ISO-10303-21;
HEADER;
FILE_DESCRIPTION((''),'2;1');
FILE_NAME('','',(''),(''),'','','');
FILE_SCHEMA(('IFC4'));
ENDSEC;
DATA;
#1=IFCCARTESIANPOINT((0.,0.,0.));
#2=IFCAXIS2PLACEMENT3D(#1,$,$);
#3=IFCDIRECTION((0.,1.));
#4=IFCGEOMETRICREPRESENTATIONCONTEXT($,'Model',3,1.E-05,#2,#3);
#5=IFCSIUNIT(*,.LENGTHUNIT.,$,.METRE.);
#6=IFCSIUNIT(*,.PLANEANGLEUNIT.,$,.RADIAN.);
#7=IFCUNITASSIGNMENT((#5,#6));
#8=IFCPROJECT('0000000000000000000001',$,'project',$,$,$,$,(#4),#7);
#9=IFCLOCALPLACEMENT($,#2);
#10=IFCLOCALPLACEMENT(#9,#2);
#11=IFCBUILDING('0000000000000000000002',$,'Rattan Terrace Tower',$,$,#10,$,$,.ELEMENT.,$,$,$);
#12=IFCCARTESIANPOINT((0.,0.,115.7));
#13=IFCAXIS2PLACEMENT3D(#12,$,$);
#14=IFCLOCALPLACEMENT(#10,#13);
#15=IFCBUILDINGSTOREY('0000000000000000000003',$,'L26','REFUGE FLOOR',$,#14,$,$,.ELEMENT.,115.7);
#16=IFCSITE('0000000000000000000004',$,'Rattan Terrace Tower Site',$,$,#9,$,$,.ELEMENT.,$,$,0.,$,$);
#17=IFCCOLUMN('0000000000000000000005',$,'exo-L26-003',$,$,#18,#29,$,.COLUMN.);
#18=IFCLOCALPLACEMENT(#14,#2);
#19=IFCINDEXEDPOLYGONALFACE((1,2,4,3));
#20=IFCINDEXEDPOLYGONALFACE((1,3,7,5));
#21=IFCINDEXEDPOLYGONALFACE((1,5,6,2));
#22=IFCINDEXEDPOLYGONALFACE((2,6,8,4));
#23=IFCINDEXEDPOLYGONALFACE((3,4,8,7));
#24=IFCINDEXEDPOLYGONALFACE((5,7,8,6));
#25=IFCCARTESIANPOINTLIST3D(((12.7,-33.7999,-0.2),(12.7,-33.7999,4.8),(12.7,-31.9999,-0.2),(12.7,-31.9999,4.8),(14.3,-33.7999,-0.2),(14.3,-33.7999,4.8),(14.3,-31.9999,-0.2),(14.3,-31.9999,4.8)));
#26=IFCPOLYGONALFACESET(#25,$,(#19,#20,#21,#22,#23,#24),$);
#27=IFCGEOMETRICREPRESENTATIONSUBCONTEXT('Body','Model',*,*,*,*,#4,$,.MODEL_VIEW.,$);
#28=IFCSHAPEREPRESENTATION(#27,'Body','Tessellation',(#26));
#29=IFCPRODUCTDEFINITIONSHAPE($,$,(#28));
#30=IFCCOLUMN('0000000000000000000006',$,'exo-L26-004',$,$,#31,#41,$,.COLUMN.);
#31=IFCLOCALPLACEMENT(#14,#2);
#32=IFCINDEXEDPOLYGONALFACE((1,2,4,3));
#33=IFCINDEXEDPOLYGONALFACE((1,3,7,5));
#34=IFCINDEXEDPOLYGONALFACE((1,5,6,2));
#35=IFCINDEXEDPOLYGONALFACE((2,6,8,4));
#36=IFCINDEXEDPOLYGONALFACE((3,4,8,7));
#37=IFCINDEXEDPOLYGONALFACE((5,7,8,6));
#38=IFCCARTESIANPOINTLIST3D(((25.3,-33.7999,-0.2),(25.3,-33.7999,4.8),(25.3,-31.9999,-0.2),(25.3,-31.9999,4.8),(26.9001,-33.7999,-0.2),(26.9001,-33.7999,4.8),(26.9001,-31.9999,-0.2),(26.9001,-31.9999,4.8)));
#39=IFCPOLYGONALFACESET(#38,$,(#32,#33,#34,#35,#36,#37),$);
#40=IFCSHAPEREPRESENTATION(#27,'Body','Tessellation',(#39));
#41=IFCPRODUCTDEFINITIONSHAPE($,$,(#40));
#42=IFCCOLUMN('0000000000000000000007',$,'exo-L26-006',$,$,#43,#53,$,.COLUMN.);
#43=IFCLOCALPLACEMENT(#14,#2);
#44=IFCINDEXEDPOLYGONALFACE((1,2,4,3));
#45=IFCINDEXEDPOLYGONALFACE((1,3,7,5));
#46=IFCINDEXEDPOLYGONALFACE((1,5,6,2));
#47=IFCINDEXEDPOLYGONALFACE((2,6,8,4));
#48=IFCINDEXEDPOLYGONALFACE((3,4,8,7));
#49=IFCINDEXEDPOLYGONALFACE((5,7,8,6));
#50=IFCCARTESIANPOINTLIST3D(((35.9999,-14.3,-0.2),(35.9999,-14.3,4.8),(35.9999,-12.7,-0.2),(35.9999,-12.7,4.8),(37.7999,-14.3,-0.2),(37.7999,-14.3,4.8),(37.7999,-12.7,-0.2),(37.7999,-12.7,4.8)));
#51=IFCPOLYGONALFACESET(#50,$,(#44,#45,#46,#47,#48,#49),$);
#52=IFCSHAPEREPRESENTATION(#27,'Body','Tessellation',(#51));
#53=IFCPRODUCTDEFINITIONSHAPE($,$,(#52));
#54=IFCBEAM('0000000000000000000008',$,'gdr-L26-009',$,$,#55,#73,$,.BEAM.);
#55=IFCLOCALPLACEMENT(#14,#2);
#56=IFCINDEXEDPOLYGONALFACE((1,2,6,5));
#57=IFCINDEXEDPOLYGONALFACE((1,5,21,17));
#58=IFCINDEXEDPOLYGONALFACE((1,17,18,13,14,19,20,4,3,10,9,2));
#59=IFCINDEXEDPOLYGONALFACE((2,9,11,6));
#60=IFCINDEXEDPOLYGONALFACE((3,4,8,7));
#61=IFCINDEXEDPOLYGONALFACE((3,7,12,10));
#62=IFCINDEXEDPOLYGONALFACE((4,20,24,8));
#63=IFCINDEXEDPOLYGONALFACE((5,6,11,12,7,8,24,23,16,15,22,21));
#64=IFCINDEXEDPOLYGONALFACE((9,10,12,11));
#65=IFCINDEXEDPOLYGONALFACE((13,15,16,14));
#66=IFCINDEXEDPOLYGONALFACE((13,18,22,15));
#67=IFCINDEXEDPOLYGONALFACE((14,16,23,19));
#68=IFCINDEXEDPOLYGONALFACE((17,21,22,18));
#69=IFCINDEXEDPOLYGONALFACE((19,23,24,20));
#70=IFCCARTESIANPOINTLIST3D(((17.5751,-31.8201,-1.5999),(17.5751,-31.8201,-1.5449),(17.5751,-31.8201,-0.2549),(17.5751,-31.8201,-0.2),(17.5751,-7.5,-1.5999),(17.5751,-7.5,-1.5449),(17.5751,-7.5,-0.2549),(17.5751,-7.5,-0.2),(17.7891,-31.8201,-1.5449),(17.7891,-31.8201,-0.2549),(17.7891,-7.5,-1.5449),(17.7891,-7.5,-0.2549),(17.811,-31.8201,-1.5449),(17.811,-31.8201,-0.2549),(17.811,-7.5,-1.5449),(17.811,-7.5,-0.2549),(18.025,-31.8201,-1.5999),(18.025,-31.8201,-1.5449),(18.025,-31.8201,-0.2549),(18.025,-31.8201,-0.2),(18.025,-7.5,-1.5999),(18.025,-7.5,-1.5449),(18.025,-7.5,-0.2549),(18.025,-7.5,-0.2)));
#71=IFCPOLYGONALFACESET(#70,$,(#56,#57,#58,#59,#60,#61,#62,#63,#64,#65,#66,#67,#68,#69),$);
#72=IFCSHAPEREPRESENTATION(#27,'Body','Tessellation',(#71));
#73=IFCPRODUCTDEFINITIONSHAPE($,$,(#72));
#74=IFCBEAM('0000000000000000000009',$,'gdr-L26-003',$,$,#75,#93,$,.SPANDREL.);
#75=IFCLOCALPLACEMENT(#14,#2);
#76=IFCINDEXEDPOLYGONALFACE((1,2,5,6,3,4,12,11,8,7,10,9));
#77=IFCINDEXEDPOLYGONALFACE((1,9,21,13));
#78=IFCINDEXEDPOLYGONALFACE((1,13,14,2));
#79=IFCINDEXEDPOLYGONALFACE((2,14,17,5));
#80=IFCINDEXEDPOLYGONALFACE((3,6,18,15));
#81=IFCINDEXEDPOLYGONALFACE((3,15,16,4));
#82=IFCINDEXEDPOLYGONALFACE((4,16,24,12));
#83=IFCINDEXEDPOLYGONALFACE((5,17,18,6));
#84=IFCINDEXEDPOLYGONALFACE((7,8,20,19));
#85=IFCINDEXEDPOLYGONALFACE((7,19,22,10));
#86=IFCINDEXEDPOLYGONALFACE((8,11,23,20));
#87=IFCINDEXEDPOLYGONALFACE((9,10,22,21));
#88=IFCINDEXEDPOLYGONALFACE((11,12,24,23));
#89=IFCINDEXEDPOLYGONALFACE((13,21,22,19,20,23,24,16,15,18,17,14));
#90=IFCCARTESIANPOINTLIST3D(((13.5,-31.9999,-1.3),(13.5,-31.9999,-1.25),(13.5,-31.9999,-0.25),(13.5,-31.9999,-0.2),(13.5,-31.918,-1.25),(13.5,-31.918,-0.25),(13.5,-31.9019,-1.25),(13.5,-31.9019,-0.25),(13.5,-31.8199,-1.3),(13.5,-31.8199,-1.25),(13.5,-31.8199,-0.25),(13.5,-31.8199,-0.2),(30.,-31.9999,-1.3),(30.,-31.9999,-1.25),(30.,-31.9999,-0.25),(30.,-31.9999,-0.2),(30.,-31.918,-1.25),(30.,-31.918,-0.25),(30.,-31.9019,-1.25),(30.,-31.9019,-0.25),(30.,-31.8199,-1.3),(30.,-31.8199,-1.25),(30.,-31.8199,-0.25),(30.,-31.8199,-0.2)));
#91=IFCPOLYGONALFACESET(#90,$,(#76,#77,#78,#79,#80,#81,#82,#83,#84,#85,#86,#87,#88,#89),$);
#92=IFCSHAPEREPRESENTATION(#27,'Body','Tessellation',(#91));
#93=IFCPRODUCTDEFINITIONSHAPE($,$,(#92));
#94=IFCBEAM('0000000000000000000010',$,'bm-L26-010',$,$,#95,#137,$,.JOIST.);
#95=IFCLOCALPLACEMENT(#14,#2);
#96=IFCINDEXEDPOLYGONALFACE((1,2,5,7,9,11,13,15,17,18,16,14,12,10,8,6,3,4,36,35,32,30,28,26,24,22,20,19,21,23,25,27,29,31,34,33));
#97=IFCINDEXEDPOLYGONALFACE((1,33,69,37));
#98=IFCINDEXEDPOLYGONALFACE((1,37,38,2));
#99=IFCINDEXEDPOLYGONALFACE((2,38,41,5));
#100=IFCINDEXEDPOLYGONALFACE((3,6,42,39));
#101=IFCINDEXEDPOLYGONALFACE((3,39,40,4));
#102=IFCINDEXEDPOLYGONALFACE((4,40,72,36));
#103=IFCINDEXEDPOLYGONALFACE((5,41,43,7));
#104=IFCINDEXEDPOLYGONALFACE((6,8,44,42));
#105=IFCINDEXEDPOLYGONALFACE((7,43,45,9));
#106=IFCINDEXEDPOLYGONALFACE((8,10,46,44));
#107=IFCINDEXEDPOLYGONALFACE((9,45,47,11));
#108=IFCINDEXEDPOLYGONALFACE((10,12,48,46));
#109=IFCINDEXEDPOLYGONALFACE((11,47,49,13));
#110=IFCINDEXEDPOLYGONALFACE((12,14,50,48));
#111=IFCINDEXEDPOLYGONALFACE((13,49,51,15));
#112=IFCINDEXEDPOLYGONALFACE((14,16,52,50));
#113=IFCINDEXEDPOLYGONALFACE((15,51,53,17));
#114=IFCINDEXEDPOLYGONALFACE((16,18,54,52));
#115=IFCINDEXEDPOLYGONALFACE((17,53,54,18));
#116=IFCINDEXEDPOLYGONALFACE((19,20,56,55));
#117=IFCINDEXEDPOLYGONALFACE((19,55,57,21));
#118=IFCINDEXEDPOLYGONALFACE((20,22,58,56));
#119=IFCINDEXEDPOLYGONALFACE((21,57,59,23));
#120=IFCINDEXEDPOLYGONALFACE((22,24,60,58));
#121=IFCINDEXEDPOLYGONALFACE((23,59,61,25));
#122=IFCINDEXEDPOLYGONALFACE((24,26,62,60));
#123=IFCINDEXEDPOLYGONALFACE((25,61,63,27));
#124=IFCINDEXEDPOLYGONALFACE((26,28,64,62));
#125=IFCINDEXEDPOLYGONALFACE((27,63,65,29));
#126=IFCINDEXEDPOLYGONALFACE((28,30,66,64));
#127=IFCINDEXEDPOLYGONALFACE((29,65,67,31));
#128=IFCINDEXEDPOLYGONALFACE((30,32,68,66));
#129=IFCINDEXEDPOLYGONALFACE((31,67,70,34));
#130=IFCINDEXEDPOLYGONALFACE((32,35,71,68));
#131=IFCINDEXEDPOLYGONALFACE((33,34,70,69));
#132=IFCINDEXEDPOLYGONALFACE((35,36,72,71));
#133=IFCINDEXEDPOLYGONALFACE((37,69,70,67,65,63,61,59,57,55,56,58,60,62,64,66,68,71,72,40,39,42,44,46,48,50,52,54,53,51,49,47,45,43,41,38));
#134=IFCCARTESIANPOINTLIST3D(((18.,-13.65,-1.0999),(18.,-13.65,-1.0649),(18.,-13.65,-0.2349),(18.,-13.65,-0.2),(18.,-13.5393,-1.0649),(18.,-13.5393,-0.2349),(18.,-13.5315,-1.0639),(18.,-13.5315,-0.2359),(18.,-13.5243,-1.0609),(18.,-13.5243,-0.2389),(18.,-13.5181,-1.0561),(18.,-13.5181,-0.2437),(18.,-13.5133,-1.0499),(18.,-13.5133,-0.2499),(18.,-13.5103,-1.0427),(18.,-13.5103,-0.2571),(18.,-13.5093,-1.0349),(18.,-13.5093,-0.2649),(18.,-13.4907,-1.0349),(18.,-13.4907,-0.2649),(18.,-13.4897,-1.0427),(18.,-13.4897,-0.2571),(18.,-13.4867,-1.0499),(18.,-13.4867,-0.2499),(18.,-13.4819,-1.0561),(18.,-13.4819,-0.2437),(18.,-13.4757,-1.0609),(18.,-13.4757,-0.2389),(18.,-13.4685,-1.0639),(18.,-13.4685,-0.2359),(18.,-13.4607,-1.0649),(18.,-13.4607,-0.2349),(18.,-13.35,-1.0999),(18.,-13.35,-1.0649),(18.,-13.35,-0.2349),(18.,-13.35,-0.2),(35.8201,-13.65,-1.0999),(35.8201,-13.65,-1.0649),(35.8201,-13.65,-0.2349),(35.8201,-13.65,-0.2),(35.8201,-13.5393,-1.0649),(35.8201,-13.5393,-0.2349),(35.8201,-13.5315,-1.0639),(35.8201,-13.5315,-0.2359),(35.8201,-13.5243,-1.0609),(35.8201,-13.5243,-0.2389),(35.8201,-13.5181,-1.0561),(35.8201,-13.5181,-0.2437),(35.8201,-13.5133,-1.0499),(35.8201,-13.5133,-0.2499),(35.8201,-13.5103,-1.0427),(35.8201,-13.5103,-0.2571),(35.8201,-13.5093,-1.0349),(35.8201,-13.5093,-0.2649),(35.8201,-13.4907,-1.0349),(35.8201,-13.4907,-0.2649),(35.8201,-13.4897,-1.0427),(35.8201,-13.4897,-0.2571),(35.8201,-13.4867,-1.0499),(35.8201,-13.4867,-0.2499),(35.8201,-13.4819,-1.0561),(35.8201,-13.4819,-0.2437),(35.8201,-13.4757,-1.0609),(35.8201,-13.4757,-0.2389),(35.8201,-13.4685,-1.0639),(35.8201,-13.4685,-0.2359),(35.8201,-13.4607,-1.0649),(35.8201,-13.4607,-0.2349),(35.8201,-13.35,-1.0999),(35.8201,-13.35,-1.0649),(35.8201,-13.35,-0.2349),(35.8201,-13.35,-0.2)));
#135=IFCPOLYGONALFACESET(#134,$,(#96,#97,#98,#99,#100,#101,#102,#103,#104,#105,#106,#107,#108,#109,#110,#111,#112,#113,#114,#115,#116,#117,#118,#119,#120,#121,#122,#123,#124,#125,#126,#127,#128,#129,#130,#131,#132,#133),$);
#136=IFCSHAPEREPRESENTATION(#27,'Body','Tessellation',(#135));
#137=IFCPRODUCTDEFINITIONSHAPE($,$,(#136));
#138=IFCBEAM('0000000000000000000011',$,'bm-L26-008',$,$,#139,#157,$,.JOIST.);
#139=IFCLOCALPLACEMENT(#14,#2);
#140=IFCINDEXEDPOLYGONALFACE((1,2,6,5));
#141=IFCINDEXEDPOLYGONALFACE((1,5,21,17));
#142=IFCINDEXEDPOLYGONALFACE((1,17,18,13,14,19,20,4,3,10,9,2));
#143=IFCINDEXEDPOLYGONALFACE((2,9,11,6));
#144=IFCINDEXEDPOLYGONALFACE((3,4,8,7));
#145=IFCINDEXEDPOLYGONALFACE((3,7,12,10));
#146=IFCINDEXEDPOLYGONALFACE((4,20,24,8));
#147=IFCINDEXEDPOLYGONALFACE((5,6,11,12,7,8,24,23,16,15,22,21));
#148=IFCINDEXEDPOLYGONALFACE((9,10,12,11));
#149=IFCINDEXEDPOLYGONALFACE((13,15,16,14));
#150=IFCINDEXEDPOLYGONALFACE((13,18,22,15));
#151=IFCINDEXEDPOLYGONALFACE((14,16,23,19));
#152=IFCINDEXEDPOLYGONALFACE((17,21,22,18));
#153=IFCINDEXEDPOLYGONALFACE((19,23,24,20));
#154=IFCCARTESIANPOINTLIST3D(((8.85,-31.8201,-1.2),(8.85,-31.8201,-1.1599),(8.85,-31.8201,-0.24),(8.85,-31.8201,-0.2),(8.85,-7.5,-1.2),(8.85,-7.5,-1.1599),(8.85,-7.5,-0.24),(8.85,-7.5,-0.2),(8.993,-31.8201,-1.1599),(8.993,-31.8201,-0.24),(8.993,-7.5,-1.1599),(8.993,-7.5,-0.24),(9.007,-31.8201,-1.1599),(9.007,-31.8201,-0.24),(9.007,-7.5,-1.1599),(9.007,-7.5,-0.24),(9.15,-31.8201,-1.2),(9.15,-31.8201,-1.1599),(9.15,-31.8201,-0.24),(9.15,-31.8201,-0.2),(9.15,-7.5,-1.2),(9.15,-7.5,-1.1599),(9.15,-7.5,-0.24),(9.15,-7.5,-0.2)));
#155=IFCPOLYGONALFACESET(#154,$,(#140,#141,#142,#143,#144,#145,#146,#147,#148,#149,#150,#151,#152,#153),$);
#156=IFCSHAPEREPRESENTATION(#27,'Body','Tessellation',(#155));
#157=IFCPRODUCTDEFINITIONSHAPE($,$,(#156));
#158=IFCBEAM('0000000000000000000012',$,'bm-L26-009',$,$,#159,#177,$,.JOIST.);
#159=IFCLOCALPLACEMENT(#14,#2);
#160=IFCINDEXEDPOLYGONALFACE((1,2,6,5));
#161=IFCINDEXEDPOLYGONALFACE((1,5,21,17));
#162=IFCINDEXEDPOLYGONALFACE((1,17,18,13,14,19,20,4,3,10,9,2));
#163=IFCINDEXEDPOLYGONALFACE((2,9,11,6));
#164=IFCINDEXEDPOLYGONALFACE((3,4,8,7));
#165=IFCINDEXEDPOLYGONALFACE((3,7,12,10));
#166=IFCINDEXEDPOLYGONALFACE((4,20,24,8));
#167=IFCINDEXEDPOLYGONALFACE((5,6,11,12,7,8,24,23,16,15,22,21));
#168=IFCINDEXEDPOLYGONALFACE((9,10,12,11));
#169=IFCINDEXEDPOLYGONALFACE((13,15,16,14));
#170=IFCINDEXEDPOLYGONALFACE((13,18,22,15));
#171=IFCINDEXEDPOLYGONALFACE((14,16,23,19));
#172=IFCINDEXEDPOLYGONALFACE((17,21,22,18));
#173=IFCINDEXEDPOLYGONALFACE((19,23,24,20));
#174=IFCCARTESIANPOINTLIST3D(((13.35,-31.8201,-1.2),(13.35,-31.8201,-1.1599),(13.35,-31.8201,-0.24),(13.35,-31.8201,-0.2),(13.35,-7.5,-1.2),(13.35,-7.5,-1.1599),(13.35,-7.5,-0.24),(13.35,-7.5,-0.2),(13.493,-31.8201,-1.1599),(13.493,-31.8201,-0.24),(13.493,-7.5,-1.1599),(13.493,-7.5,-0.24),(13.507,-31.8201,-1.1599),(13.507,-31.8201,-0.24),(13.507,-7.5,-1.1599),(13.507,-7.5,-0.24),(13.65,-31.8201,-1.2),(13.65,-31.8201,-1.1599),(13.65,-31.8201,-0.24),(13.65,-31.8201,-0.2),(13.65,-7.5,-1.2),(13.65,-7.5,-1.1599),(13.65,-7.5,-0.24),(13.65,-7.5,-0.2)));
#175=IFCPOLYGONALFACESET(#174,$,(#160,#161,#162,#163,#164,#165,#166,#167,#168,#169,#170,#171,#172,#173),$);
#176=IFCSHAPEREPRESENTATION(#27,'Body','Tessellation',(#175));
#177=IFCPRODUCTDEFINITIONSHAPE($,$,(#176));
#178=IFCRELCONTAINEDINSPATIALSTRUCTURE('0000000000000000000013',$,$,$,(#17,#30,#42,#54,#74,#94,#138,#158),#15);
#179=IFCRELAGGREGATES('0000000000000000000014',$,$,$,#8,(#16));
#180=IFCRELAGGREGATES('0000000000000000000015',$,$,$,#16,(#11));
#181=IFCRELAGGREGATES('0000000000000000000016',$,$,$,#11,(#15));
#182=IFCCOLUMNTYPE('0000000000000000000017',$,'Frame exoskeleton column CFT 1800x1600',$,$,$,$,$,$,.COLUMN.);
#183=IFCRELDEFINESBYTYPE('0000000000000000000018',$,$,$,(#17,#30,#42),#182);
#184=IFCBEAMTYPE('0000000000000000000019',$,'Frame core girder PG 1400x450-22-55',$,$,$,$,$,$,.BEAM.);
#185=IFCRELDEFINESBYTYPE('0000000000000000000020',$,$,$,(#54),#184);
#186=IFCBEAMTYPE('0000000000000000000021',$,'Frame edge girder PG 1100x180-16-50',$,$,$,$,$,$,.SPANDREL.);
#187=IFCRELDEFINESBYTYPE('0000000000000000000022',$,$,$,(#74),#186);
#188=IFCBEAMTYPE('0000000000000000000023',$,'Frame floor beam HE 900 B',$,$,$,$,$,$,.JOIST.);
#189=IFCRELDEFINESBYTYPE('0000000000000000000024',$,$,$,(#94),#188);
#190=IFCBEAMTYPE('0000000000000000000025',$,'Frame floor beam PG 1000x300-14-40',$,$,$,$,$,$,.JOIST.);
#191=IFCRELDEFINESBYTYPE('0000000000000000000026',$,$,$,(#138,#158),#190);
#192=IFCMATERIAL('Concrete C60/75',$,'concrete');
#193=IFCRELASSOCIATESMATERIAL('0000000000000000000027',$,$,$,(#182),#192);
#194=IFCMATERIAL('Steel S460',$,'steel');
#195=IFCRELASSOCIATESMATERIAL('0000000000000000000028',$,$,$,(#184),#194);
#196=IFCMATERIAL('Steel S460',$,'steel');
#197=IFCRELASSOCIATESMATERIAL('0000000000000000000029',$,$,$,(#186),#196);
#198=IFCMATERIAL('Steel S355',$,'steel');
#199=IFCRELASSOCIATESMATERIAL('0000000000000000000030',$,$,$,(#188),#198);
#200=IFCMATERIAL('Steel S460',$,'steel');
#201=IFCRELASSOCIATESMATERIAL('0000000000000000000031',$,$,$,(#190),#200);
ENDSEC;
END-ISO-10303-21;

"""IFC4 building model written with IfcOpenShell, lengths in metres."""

from ifc_helpers import new_model, si_unit, direction, frame, origin, origin_2d, place, context, subcontext, project, spatial, rectangle, i_section, extrude, material, material_profile, profile_set, type_object, element, save


model = new_model("IFC4")

# Units and contexts
model_context = context("Model", 3, precision=1e-05, world=origin(), true_north=direction((0.0, 1.0)))
body_context = subcontext(model_context, "Body", "Model", "MODEL_VIEW")
ifc_project = project(units=[si_unit("LENGTHUNIT", "METRE"), si_unit("PLANEANGLEUNIT", "RADIAN")], contexts=[model_context])

# Site, building, storey
site_placement = place(None, origin())
site = spatial("IfcSite", under=ifc_project, at=site_placement, Name="Rattan Terrace Tower Site", CompositionType="ELEMENT", RefElevation=0.0)
building_placement = place(site_placement, origin())
building = spatial("IfcBuilding", under=site, at=building_placement, Name="Rattan Terrace Tower", CompositionType="ELEMENT")
storey_placement = place(building_placement, frame((0.0, 0.0, 115.7)))
storey = spatial("IfcBuildingStorey", under=building, at=storey_placement, Name="L26", Description="REFUGE FLOOR", CompositionType="ELEMENT", Elevation=115.7)

# Columns
ifc_material_1 = material(Name="Concrete C60/75", Category="concrete")
ifc_material_profile_1 = material_profile(ifc_material_1, rectangle(XDim=1.6001, YDim=1.8, at=origin_2d()), Name="CFT 1800x1600")
ifc_profile_set_1 = profile_set([ifc_material_profile_1], Name="Concrete C60/75")
column_type = type_object("IfcColumnType", Name="Frame exoskeleton column CFT 1800x1600", PredefinedType="COLUMN", material=ifc_profile_set_1)
for number, where, z_axis, x_axis, name in (
    (1, (13.5, -32.8999, -0.2), (0.0, 0.0, 1.0), (1.0, 0.0, 0.0), "exo-L26-003"),
    (2, (26.1001, -32.8999, -0.2), (0.0, 0.0, 1.0), (1.0, 0.0, 0.0), "exo-L26-004"),
    (3, (36.8999, -13.5, -0.2), (0.0, 0.0, 1.0), (0.0, 1.0, 0.0), "exo-L26-006"),
):
    element("IfcColumn", number, at=place(storey_placement, frame(where, z_axis=z_axis, x_axis=x_axis)), inside=storey, type_object=column_type, Name=name, PredefinedType="COLUMN", context=body_context, shape_type="SweptSolid", body=[
        extrude(rectangle(XDim=1.6001, YDim=1.8, at=origin_2d()), origin(), (0.0, 0.0, 1.0), 5.0),
    ])

# Beams
ifc_material_2 = material(Name="Steel S460", Category="steel")
ifc_material_profile_2 = material_profile(ifc_material_2, i_section(OverallWidth=0.45, OverallDepth=1.3999, WebThickness=0.022, FlangeThickness=0.0549, at=origin_2d()), Name="PG 1400x450-22-55")
ifc_profile_set_2 = profile_set([ifc_material_profile_2], Name="Steel S460")
beam_type_1 = type_object("IfcBeamType", Name="Frame core girder PG 1400x450-22-55", PredefinedType="BEAM", material=ifc_profile_set_2)
beam_1_placement = place(storey_placement, frame((17.8, -31.8201, -0.8999), z_axis=(0.0, 1.0, 0.0), x_axis=(-1.0, 0.0, 0.0)))
element("IfcBeam", 4, at=beam_1_placement, inside=storey, type_object=beam_type_1, Name="gdr-L26-009", PredefinedType="BEAM", context=body_context, shape_type="SweptSolid", body=[
    extrude(i_section(OverallWidth=0.45, OverallDepth=1.3999, WebThickness=0.022, FlangeThickness=0.0549, at=origin_2d()), origin(), (0.0, 0.0, 1.0), 24.3201),
])
ifc_material_3 = material(Name="Steel S460", Category="steel")
ifc_material_profile_3 = material_profile(ifc_material_3, i_section(OverallWidth=0.1799, OverallDepth=1.1001, WebThickness=0.0161, FlangeThickness=0.05, at=origin_2d()), Name="PG 1100x180-16-50")
ifc_profile_set_3 = profile_set([ifc_material_profile_3], Name="Steel S460")
beam_type_2 = type_object("IfcBeamType", Name="Frame edge girder PG 1100x180-16-50", PredefinedType="SPANDREL", material=ifc_profile_set_3)
beam_2_placement = place(storey_placement, frame((30.0, -31.9099, -0.75), z_axis=(-1.0, 0.0, 0.0), x_axis=(0.0, -1.0, 0.0)))
element("IfcBeam", 5, at=beam_2_placement, inside=storey, type_object=beam_type_2, Name="gdr-L26-003", PredefinedType="SPANDREL", context=body_context, shape_type="SweptSolid", body=[
    extrude(i_section(OverallWidth=0.1799, OverallDepth=1.1001, WebThickness=0.0161, FlangeThickness=0.05, at=origin_2d()), origin(), (0.0, 0.0, 1.0), 16.5),
])
ifc_material_4 = material(Name="Steel S355", Category="steel")
ifc_material_profile_4 = material_profile(ifc_material_4, i_section(OverallWidth=0.3, OverallDepth=0.8999, WebThickness=0.0186, FlangeThickness=0.0349, FilletRadius=0.03, at=origin_2d()), Name="HE 900 B")
ifc_profile_set_4 = profile_set([ifc_material_profile_4], Name="Steel S355")
beam_type_3 = type_object("IfcBeamType", Name="Frame floor beam HE 900 B", PredefinedType="JOIST", material=ifc_profile_set_4)
beam_3_placement = place(storey_placement, frame((18.0, -13.5, -0.6499), z_axis=(1.0, 0.0, 0.0), x_axis=(0.0, 1.0, 0.0)))
element("IfcBeam", 6, at=beam_3_placement, inside=storey, type_object=beam_type_3, Name="bm-L26-010", PredefinedType="JOIST", context=body_context, shape_type="SweptSolid", body=[
    extrude(i_section(OverallWidth=0.3, OverallDepth=0.8999, WebThickness=0.0186, FlangeThickness=0.0349, FilletRadius=0.03, at=origin_2d()), origin(), (0.0, 0.0, 1.0), 17.8201),
])
ifc_material_5 = material(Name="Steel S460", Category="steel")
ifc_material_profile_5 = material_profile(ifc_material_5, i_section(OverallWidth=0.3, OverallDepth=1.0, WebThickness=0.0139, FlangeThickness=0.04, at=origin_2d()), Name="PG 1000x300-14-40")
ifc_profile_set_5 = profile_set([ifc_material_profile_5], Name="Steel S460")
beam_type_4 = type_object("IfcBeamType", Name="Frame floor beam PG 1000x300-14-40", PredefinedType="JOIST", material=ifc_profile_set_5)
for number, where, z_axis, x_axis, name in (
    (7, (9.0, -31.8201, -0.7), (0.0, 1.0, 0.0), (-1.0, 0.0, 0.0), "bm-L26-008"),
    (8, (13.5, -31.8201, -0.7), (0.0, 1.0, 0.0), (-1.0, 0.0, 0.0), "bm-L26-009"),
):
    element("IfcBeam", number, at=place(storey_placement, frame(where, z_axis=z_axis, x_axis=x_axis)), inside=storey, type_object=beam_type_4, Name=name, PredefinedType="JOIST", context=body_context, shape_type="SweptSolid", body=[
        extrude(i_section(OverallWidth=0.3, OverallDepth=1.0, WebThickness=0.0139, FlangeThickness=0.04, at=origin_2d()), origin(), (0.0, 0.0, 1.0), 24.3201),
    ])

save(model, "model.ifc")
